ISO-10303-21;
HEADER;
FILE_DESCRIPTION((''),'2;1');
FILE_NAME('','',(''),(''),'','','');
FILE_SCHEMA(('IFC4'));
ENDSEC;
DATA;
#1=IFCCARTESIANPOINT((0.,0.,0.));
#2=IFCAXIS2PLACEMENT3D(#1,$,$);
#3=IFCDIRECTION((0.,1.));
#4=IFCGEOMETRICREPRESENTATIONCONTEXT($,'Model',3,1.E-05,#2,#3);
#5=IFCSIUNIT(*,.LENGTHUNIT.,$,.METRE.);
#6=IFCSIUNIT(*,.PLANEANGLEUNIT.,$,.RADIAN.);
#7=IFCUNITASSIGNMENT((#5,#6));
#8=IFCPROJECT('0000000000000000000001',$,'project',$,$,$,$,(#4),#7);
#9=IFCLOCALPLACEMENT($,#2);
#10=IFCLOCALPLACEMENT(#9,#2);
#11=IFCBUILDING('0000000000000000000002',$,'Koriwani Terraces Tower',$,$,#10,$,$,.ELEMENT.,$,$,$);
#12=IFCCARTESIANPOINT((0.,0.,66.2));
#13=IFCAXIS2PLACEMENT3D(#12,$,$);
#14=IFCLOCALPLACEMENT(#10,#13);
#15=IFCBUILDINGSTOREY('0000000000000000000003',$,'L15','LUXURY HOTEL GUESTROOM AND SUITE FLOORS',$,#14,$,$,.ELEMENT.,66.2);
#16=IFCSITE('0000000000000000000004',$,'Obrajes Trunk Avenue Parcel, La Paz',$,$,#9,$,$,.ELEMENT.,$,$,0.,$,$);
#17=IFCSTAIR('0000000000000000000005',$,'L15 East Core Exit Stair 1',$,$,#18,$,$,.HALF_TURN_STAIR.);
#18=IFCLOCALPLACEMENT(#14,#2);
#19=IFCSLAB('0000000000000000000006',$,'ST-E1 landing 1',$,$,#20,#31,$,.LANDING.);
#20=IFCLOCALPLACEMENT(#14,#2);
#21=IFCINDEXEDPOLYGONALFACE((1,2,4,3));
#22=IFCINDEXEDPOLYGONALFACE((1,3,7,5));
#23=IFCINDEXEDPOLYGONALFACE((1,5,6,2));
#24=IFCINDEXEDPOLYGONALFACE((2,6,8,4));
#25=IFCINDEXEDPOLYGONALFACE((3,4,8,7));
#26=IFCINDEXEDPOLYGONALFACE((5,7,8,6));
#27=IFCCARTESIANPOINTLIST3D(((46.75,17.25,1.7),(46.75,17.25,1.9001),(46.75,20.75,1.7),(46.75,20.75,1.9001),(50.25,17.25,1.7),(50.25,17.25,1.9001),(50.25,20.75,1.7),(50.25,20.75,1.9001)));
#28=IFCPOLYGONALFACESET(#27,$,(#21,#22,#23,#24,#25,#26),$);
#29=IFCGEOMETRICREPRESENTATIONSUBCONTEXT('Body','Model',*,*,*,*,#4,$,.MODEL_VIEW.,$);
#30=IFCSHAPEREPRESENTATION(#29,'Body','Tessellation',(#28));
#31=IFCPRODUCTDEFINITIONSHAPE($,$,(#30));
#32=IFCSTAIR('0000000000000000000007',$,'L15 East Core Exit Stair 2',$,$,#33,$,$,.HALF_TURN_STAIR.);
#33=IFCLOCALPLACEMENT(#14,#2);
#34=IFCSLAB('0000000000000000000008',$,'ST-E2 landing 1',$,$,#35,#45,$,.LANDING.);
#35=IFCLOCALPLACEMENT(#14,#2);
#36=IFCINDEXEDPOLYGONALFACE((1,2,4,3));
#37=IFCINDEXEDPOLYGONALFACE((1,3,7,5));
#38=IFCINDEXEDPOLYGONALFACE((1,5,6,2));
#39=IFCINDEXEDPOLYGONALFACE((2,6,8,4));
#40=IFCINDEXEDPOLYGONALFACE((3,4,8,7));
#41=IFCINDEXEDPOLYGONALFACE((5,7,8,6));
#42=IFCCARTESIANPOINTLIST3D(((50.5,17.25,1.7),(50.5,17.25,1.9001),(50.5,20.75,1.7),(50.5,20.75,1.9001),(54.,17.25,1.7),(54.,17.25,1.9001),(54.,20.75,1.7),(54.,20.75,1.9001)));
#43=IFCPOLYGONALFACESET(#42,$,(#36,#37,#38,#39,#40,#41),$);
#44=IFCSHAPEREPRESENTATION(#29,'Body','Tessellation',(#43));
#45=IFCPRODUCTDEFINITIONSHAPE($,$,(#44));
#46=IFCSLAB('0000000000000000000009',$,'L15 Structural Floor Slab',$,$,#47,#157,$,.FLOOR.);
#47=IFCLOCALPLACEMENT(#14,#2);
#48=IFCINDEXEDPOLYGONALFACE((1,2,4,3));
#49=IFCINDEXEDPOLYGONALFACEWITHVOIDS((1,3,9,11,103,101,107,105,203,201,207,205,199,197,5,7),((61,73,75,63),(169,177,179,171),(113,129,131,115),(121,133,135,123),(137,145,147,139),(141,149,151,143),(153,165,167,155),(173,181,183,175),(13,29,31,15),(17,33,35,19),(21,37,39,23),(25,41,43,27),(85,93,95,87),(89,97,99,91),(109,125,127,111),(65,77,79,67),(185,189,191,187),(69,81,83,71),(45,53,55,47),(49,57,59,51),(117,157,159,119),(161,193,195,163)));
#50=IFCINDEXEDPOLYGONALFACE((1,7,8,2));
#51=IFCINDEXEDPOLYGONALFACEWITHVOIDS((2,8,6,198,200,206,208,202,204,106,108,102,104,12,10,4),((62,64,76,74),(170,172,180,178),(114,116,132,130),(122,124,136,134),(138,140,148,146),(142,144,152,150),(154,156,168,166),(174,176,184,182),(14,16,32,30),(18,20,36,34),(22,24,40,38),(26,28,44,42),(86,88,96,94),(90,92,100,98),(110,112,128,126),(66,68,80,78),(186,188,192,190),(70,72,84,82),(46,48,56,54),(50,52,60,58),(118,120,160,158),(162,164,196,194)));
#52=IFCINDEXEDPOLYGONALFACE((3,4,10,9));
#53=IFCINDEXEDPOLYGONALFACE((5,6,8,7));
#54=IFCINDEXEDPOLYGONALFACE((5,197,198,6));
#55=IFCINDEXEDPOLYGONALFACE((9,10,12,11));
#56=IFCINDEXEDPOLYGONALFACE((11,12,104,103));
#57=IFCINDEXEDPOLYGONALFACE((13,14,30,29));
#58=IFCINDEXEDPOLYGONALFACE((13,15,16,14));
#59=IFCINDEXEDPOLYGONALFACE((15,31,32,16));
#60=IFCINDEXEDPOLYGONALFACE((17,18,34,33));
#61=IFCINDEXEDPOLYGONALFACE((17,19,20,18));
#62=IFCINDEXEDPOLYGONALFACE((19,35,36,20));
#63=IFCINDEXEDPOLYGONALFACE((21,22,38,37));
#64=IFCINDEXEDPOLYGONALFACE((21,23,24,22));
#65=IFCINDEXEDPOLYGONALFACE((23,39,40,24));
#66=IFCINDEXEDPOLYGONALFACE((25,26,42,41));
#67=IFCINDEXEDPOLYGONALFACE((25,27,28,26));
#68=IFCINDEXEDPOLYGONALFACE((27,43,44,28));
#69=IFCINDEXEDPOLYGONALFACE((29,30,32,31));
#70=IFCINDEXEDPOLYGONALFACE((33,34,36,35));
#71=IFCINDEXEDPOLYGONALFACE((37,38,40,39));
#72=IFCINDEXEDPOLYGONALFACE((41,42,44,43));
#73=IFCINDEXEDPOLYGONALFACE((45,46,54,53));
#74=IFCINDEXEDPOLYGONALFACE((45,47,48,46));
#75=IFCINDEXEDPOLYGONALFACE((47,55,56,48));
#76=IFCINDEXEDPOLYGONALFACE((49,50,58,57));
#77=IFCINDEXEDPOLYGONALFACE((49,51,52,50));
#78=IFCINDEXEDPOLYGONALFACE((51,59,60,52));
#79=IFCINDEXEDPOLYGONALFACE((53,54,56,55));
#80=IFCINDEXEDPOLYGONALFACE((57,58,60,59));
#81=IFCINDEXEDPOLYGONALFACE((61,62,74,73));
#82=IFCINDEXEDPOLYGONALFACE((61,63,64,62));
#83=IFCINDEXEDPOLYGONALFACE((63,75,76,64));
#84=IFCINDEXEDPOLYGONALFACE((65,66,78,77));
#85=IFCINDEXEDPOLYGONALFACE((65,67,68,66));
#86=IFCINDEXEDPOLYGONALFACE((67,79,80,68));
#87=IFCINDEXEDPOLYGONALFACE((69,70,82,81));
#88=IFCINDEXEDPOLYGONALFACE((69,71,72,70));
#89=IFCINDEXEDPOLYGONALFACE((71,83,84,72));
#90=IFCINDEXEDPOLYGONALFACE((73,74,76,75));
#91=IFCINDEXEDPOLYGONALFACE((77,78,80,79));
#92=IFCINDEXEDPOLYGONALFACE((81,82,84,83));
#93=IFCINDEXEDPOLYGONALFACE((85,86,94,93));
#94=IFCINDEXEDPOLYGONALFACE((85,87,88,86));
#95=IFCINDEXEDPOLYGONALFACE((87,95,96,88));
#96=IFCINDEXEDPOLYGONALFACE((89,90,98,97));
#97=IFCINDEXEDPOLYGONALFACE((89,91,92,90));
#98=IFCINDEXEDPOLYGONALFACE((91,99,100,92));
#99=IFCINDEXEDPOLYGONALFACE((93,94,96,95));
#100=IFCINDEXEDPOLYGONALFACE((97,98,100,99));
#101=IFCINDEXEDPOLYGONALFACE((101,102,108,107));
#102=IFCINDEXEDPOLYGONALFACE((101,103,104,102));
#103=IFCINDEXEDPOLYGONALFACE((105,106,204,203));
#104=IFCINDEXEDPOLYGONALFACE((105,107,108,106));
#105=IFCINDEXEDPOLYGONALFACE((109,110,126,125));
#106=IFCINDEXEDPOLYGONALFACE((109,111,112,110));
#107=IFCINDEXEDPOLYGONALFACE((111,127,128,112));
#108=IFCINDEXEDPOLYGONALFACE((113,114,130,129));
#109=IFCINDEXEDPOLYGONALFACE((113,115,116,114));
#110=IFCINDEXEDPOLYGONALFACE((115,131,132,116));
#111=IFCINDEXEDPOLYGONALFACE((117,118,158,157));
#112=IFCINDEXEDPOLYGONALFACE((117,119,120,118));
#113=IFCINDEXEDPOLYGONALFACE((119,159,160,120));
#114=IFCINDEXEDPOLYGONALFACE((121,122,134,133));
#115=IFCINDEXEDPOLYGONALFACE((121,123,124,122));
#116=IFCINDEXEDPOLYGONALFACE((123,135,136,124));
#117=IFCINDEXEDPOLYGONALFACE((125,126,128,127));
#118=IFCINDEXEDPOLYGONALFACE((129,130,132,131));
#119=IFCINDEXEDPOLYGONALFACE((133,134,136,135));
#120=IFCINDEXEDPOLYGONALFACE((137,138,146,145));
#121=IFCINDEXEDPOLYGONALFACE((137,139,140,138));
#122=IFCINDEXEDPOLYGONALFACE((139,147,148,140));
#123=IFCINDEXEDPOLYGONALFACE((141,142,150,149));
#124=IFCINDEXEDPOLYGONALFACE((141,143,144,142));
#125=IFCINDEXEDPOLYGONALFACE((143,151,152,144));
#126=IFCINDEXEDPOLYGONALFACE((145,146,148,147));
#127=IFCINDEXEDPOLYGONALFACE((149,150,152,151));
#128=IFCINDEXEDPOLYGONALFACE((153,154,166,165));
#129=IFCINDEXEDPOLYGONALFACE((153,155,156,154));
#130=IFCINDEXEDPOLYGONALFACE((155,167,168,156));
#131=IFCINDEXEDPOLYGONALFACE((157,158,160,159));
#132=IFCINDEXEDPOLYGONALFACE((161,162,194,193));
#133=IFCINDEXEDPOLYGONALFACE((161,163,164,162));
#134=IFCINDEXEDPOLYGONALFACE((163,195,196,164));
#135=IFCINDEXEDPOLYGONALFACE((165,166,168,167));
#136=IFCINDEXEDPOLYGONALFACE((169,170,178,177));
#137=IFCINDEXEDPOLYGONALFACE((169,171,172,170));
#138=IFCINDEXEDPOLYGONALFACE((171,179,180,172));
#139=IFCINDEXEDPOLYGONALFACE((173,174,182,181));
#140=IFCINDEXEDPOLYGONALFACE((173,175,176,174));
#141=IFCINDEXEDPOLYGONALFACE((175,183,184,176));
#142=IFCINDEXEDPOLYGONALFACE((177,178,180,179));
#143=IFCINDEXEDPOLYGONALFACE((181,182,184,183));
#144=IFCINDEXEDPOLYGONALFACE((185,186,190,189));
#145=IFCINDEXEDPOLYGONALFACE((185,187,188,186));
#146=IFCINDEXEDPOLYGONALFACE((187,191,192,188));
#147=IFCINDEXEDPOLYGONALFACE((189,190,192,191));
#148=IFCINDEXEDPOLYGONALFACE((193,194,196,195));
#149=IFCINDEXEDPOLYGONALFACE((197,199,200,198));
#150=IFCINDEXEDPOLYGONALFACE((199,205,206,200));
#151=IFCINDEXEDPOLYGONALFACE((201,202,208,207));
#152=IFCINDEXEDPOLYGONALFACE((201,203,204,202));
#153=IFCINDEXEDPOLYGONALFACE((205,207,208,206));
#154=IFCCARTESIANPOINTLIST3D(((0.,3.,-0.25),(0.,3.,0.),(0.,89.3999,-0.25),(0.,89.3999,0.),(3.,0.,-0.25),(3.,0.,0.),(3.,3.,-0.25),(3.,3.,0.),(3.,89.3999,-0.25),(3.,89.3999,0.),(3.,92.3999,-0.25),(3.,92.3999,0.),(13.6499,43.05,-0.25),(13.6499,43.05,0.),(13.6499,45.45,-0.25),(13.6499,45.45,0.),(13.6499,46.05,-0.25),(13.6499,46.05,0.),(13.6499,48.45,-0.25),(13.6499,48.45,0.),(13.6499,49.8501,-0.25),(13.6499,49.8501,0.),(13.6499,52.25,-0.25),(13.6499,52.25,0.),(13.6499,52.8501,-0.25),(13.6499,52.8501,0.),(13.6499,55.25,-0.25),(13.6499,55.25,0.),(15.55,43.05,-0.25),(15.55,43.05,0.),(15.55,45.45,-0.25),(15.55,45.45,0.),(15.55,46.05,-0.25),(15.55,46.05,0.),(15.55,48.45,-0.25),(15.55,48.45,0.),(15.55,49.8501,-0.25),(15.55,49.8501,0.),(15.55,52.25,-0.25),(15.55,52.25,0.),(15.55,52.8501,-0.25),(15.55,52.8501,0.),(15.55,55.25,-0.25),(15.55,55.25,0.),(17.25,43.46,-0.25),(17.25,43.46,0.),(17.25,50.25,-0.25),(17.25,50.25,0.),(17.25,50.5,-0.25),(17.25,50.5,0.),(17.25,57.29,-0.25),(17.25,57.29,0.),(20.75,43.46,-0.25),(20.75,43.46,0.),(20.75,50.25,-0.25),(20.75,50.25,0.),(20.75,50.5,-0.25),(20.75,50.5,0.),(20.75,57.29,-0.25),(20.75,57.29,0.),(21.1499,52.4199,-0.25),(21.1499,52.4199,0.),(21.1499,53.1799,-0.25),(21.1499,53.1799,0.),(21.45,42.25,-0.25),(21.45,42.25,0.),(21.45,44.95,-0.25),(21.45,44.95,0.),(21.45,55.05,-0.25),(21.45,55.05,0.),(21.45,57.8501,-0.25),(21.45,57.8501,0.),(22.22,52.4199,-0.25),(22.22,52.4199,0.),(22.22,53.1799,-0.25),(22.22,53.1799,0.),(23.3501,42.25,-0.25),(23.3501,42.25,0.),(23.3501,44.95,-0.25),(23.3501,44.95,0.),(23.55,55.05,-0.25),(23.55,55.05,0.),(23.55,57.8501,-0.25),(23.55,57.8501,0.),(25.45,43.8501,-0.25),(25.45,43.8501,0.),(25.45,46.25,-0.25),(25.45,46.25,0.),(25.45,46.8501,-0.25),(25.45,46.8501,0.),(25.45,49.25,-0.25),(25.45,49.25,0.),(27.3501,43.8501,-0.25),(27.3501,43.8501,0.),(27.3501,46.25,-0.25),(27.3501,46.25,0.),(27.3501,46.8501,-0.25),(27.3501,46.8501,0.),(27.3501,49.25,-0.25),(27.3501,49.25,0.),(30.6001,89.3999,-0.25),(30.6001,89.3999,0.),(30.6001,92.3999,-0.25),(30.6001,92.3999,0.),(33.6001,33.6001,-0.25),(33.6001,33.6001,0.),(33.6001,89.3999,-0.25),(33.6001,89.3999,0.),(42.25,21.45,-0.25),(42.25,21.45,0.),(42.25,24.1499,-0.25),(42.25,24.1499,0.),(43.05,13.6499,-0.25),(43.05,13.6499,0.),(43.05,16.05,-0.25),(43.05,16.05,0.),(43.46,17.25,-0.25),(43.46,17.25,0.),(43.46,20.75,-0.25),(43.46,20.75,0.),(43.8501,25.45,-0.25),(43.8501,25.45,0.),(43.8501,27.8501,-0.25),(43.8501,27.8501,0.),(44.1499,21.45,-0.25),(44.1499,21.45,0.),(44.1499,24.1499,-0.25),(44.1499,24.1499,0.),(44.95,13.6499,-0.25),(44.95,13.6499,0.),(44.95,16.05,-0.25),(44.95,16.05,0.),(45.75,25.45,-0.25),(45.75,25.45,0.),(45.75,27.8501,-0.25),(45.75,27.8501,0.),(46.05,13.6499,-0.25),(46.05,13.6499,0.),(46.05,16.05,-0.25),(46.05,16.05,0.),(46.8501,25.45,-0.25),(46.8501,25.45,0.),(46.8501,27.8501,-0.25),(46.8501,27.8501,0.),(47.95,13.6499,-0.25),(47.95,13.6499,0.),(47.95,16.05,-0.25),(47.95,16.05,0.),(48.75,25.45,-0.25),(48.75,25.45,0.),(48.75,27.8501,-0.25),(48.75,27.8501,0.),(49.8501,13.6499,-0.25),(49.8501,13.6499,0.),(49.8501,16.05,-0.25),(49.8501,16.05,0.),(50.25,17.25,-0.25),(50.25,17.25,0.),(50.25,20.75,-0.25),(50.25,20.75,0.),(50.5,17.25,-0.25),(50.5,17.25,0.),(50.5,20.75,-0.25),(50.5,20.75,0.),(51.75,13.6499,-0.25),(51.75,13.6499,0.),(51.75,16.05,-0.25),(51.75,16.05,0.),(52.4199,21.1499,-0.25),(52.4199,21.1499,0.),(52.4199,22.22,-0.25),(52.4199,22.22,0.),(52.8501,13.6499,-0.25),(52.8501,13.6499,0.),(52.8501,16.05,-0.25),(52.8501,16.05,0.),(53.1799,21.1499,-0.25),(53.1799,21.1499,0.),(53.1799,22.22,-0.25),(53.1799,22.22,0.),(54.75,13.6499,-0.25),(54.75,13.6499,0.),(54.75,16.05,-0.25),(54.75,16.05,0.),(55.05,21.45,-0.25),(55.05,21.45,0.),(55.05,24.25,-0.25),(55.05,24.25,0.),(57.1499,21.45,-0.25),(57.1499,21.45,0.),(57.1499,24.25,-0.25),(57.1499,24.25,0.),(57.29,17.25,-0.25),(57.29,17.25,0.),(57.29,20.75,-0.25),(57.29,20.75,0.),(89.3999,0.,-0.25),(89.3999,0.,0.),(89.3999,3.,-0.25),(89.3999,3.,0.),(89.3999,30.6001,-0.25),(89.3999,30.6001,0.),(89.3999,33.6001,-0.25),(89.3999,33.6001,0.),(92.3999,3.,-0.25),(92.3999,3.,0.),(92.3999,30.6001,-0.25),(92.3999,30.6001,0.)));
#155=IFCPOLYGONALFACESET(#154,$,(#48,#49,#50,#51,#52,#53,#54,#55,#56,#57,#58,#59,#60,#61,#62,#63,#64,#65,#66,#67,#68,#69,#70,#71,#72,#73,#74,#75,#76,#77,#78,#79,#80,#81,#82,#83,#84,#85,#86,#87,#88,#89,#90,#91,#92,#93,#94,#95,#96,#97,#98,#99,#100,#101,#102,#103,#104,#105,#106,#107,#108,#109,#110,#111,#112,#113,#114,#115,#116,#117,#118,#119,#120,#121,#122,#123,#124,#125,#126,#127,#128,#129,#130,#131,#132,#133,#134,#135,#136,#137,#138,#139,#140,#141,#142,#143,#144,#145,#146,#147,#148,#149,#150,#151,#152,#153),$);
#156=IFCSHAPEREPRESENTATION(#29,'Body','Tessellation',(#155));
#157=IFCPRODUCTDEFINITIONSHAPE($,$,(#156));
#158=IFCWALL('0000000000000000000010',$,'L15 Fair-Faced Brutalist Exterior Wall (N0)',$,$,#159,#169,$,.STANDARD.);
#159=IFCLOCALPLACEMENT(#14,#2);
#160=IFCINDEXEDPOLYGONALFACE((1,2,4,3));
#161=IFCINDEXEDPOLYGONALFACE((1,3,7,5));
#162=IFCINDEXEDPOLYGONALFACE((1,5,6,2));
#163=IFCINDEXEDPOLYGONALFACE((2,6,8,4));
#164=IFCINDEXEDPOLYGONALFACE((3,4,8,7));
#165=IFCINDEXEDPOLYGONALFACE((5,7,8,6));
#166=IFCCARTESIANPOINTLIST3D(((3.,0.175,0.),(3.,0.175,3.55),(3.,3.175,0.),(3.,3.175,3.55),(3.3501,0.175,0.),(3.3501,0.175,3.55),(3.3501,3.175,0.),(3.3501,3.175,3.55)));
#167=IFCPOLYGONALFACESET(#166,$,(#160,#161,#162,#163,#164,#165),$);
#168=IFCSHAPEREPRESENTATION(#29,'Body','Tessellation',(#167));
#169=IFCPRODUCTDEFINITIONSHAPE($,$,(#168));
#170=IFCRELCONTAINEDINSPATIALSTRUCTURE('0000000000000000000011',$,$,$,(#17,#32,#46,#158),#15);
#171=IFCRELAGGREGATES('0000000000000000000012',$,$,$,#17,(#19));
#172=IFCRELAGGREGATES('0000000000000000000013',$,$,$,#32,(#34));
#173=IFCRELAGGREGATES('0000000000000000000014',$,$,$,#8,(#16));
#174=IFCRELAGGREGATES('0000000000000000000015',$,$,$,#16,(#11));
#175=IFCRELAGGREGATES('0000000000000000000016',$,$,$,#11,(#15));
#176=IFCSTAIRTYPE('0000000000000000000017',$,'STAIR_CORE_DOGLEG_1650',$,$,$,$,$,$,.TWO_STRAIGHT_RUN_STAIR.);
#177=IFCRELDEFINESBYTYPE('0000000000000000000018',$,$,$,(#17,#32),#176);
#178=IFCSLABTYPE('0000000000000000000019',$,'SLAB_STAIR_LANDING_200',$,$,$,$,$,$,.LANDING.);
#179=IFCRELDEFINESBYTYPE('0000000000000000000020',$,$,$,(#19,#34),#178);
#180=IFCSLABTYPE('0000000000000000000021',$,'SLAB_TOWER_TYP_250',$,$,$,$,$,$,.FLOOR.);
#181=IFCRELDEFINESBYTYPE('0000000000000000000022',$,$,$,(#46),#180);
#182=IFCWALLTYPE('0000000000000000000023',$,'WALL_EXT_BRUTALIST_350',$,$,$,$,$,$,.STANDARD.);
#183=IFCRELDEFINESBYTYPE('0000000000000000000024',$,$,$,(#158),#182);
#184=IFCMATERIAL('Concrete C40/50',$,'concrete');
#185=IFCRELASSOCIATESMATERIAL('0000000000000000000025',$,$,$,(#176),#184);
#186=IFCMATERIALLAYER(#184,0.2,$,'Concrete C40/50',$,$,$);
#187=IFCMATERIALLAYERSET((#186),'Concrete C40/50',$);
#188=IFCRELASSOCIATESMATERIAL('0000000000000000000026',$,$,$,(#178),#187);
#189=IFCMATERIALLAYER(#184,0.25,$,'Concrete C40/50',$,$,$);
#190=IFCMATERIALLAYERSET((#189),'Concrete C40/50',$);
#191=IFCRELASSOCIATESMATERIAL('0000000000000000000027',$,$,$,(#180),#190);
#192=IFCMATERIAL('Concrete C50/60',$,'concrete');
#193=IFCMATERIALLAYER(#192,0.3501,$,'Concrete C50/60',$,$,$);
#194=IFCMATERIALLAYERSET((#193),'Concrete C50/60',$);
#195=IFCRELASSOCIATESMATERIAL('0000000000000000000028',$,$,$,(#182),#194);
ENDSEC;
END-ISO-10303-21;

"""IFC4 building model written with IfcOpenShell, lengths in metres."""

from ifc_helpers import new_model, si_unit, direction, frame, frame_2d, origin, place, context, subcontext, project, spatial, polyline, rectangle, outline, extrude, material, layer, layer_set, type_object, element, aggregate, save


model = new_model("IFC4")

# Units and contexts
model_context = context("Model", 3, precision=1e-05, world=origin(), true_north=direction((0.0, 1.0)))
body_context = subcontext(model_context, "Body", "Model", "MODEL_VIEW")
ifc_project = project(units=[si_unit("LENGTHUNIT", "METRE"), si_unit("PLANEANGLEUNIT", "RADIAN")], contexts=[model_context])

# Site, building, storey
site_placement = place(None, origin())
site = spatial("IfcSite", under=ifc_project, at=site_placement, Name="Obrajes Trunk Avenue Parcel, La Paz", CompositionType="ELEMENT", RefElevation=0.0)
building_placement = place(site_placement, origin())
building = spatial("IfcBuilding", under=site, at=building_placement, Name="Koriwani Terraces Tower", CompositionType="ELEMENT")
storey_placement = place(building_placement, frame((0.0, 0.0, 66.2)))
storey = spatial("IfcBuildingStorey", under=building, at=storey_placement, Name="L15", Description="LUXURY HOTEL GUESTROOM AND SUITE FLOORS", CompositionType="ELEMENT", Elevation=66.2)

# Shared definitions
ifc_material_1 = material(Name="Concrete C40/50", Category="concrete")
ifc_material_2 = material(Name="Concrete C50/60", Category="concrete")

# Stairs, slabs
stair_type = type_object("IfcStairType", Name="STAIR_CORE_DOGLEG_1650", PredefinedType="TWO_STRAIGHT_RUN_STAIR", material=ifc_material_1)
ifc_layer_1 = layer(ifc_material_1, 0.2, Name="Concrete C40/50")
ifc_layer_set_1 = layer_set([ifc_layer_1], Name="Concrete C40/50")
slab_type_1 = type_object("IfcSlabType", Name="SLAB_STAIR_LANDING_200", PredefinedType="LANDING", material=ifc_layer_set_1)
stair_1_placement = place(storey_placement, origin())
stair_1 = element("IfcStair", 1, at=stair_1_placement, inside=storey, type_object=stair_type, Name="L15 East Core Exit Stair 1", PredefinedType="HALF_TURN_STAIR")
slab_1_placement = place(storey_placement, frame((0.0, 0.0, 1.7)))
slab_1 = element("IfcSlab", 2, at=slab_1_placement, type_object=slab_type_1, Name="ST-E1 landing 1", PredefinedType="LANDING", context=body_context, shape_type="SweptSolid", body=[
    extrude(outline(polyline([(46.75, 17.25), (50.25, 17.25), (50.25, 20.75), (46.75, 20.75), (46.75, 17.25)])), origin(), (0.0, 0.0, 1.0), 0.2002),
])
aggregate(stair_1, [slab_1])
stair_2_placement = place(storey_placement, origin())
stair_2 = element("IfcStair", 3, at=stair_2_placement, inside=storey, type_object=stair_type, Name="L15 East Core Exit Stair 2", PredefinedType="HALF_TURN_STAIR")
slab_2_placement = place(storey_placement, frame((0.0, 0.0, 1.7)))
slab_2 = element("IfcSlab", 4, at=slab_2_placement, type_object=slab_type_1, Name="ST-E2 landing 1", PredefinedType="LANDING", context=body_context, shape_type="SweptSolid", body=[
    extrude(outline(polyline([(54.0, 20.75), (50.5, 20.75), (50.5, 17.25), (54.0, 17.25), (54.0, 20.75)])), origin(), (0.0, 0.0, 1.0), 0.2002),
])
aggregate(stair_2, [slab_2])

# Slab
ifc_layer_2 = layer(ifc_material_1, 0.25, Name="Concrete C40/50")
ifc_layer_set_2 = layer_set([ifc_layer_2], Name="Concrete C40/50")
slab_type_2 = type_object("IfcSlabType", Name="SLAB_TOWER_TYP_250", PredefinedType="FLOOR", material=ifc_layer_set_2)
slab_3_placement = place(storey_placement, frame((0.0, 0.0, -0.25)))
element("IfcSlab", 5, at=slab_3_placement, inside=storey, type_object=slab_type_2, Name="L15 Structural Floor Slab", PredefinedType="FLOOR", context=body_context, shape_type="SweptSolid", body=[
    extrude(outline(polyline([(3.0, 0.0), (89.3999, 0.0), (89.3999, 3.0), (92.3999, 3.0), (92.3999, 30.6001), (89.3999, 30.6001), (89.3999, 33.6001), (33.6001, 33.6001), (33.6001, 89.3999), (30.6001, 89.3999), (30.6001, 92.3999), (3.0, 92.3999), (3.0, 89.3999), (0.0, 89.3999), (0.0, 3.0), (3.0, 3.0), (3.0, 0.0)]), holes=[polyline([(17.25, 43.46), (20.75, 43.46), (20.75, 50.25), (17.25, 50.25), (17.25, 43.46)]), polyline([(17.25, 50.5), (20.75, 50.5), (20.75, 57.29), (17.25, 57.29), (17.25, 50.5)]), polyline([(43.46, 17.25), (50.25, 17.25), (50.25, 20.75), (43.46, 20.75), (43.46, 17.25)]), polyline([(50.5, 17.25), (57.29, 17.25), (57.29, 20.75), (50.5, 20.75), (50.5, 17.25)]), polyline([(13.6499, 43.05), (15.55, 43.05), (15.55, 45.45), (13.6499, 45.45), (13.6499, 43.05)]), polyline([(13.6499, 46.05), (15.55, 46.05), (15.55, 48.45), (13.6499, 48.45), (13.6499, 46.05)]), polyline([(43.05, 13.6499), (44.95, 13.6499), (44.95, 16.05), (43.05, 16.05), (43.05, 13.6499)]), polyline([(46.05, 13.6499), (47.95, 13.6499), (47.95, 16.05), (46.05, 16.05), (46.05, 13.6499)]), polyline([(13.6499, 49.8501), (15.55, 49.8501), (15.55, 52.25), (13.6499, 52.25), (13.6499, 49.8501)]), polyline([(13.6499, 52.8501), (15.55, 52.8501), (15.55, 55.25), (13.6499, 55.25), (13.6499, 52.8501)]), polyline([(49.8501, 13.6499), (51.75, 13.6499), (51.75, 16.05), (49.8501, 16.05), (49.8501, 13.6499)]), polyline([(52.8501, 13.6499), (54.75, 13.6499), (54.75, 16.05), (52.8501, 16.05), (52.8501, 13.6499)]), polyline([(25.45, 43.8501), (27.3501, 43.8501), (27.3501, 46.25), (25.45, 46.25), (25.45, 43.8501)]), polyline([(25.45, 46.8501), (27.3501, 46.8501), (27.3501, 49.25), (25.45, 49.25), (25.45, 46.8501)]), polyline([(43.8501, 25.45), (45.75, 25.45), (45.75, 27.8501), (43.8501, 27.8501), (43.8501, 25.45)]), polyline([(46.8501, 25.45), (48.75, 25.45), (48.75, 27.8501), (46.8501, 27.8501), (46.8501, 25.45)]), polyline([(21.45, 55.05), (23.55, 55.05), (23.55, 57.8501), (21.45, 57.8501), (21.45, 55.05)]), polyline([(55.05, 21.45), (57.1499, 21.45), (57.1499, 24.25), (55.05, 24.25), (55.05, 21.45)]), polyline([(21.45, 42.25), (23.3501, 42.25), (23.3501, 44.95), (21.45, 44.95), (21.45, 42.25)]), polyline([(42.25, 21.45), (44.1499, 21.45), (44.1499, 24.1499), (42.25, 24.1499), (42.25, 21.45)]), polyline([(21.1499, 52.4199), (22.22, 52.4199), (22.22, 53.1799), (21.1499, 53.1799), (21.1499, 52.4199)]), polyline([(52.4199, 21.1499), (53.1799, 21.1499), (53.1799, 22.22), (52.4199, 22.22), (52.4199, 21.1499)])]), origin(), (0.0, 0.0, 1.0), 0.25),
])

# Wall
ifc_layer_3 = layer(ifc_material_2, 0.3501, Name="Concrete C50/60")
ifc_layer_set_3 = layer_set([ifc_layer_3], Name="Concrete C50/60")
wall_type = type_object("IfcWallType", Name="WALL_EXT_BRUTALIST_350", PredefinedType="STANDARD", material=ifc_layer_set_3)
wall_placement = place(storey_placement, frame((3.175, 0.175, 0.0), z_axis=(0.0, 0.0, 1.0), x_axis=(0.0, 1.0, 0.0)))
element("IfcWall", 6, at=wall_placement, inside=storey, type_object=wall_type, Name="L15 Fair-Faced Brutalist Exterior Wall (N0)", PredefinedType="STANDARD", context=body_context, shape_type="SweptSolid", body=[
    extrude(rectangle(XDim=3.0, YDim=0.3501, at=frame_2d((1.5, 0.0))), origin(), (0.0, 0.0, 1.0), 3.55),
])

save(model, "model.ifc")
